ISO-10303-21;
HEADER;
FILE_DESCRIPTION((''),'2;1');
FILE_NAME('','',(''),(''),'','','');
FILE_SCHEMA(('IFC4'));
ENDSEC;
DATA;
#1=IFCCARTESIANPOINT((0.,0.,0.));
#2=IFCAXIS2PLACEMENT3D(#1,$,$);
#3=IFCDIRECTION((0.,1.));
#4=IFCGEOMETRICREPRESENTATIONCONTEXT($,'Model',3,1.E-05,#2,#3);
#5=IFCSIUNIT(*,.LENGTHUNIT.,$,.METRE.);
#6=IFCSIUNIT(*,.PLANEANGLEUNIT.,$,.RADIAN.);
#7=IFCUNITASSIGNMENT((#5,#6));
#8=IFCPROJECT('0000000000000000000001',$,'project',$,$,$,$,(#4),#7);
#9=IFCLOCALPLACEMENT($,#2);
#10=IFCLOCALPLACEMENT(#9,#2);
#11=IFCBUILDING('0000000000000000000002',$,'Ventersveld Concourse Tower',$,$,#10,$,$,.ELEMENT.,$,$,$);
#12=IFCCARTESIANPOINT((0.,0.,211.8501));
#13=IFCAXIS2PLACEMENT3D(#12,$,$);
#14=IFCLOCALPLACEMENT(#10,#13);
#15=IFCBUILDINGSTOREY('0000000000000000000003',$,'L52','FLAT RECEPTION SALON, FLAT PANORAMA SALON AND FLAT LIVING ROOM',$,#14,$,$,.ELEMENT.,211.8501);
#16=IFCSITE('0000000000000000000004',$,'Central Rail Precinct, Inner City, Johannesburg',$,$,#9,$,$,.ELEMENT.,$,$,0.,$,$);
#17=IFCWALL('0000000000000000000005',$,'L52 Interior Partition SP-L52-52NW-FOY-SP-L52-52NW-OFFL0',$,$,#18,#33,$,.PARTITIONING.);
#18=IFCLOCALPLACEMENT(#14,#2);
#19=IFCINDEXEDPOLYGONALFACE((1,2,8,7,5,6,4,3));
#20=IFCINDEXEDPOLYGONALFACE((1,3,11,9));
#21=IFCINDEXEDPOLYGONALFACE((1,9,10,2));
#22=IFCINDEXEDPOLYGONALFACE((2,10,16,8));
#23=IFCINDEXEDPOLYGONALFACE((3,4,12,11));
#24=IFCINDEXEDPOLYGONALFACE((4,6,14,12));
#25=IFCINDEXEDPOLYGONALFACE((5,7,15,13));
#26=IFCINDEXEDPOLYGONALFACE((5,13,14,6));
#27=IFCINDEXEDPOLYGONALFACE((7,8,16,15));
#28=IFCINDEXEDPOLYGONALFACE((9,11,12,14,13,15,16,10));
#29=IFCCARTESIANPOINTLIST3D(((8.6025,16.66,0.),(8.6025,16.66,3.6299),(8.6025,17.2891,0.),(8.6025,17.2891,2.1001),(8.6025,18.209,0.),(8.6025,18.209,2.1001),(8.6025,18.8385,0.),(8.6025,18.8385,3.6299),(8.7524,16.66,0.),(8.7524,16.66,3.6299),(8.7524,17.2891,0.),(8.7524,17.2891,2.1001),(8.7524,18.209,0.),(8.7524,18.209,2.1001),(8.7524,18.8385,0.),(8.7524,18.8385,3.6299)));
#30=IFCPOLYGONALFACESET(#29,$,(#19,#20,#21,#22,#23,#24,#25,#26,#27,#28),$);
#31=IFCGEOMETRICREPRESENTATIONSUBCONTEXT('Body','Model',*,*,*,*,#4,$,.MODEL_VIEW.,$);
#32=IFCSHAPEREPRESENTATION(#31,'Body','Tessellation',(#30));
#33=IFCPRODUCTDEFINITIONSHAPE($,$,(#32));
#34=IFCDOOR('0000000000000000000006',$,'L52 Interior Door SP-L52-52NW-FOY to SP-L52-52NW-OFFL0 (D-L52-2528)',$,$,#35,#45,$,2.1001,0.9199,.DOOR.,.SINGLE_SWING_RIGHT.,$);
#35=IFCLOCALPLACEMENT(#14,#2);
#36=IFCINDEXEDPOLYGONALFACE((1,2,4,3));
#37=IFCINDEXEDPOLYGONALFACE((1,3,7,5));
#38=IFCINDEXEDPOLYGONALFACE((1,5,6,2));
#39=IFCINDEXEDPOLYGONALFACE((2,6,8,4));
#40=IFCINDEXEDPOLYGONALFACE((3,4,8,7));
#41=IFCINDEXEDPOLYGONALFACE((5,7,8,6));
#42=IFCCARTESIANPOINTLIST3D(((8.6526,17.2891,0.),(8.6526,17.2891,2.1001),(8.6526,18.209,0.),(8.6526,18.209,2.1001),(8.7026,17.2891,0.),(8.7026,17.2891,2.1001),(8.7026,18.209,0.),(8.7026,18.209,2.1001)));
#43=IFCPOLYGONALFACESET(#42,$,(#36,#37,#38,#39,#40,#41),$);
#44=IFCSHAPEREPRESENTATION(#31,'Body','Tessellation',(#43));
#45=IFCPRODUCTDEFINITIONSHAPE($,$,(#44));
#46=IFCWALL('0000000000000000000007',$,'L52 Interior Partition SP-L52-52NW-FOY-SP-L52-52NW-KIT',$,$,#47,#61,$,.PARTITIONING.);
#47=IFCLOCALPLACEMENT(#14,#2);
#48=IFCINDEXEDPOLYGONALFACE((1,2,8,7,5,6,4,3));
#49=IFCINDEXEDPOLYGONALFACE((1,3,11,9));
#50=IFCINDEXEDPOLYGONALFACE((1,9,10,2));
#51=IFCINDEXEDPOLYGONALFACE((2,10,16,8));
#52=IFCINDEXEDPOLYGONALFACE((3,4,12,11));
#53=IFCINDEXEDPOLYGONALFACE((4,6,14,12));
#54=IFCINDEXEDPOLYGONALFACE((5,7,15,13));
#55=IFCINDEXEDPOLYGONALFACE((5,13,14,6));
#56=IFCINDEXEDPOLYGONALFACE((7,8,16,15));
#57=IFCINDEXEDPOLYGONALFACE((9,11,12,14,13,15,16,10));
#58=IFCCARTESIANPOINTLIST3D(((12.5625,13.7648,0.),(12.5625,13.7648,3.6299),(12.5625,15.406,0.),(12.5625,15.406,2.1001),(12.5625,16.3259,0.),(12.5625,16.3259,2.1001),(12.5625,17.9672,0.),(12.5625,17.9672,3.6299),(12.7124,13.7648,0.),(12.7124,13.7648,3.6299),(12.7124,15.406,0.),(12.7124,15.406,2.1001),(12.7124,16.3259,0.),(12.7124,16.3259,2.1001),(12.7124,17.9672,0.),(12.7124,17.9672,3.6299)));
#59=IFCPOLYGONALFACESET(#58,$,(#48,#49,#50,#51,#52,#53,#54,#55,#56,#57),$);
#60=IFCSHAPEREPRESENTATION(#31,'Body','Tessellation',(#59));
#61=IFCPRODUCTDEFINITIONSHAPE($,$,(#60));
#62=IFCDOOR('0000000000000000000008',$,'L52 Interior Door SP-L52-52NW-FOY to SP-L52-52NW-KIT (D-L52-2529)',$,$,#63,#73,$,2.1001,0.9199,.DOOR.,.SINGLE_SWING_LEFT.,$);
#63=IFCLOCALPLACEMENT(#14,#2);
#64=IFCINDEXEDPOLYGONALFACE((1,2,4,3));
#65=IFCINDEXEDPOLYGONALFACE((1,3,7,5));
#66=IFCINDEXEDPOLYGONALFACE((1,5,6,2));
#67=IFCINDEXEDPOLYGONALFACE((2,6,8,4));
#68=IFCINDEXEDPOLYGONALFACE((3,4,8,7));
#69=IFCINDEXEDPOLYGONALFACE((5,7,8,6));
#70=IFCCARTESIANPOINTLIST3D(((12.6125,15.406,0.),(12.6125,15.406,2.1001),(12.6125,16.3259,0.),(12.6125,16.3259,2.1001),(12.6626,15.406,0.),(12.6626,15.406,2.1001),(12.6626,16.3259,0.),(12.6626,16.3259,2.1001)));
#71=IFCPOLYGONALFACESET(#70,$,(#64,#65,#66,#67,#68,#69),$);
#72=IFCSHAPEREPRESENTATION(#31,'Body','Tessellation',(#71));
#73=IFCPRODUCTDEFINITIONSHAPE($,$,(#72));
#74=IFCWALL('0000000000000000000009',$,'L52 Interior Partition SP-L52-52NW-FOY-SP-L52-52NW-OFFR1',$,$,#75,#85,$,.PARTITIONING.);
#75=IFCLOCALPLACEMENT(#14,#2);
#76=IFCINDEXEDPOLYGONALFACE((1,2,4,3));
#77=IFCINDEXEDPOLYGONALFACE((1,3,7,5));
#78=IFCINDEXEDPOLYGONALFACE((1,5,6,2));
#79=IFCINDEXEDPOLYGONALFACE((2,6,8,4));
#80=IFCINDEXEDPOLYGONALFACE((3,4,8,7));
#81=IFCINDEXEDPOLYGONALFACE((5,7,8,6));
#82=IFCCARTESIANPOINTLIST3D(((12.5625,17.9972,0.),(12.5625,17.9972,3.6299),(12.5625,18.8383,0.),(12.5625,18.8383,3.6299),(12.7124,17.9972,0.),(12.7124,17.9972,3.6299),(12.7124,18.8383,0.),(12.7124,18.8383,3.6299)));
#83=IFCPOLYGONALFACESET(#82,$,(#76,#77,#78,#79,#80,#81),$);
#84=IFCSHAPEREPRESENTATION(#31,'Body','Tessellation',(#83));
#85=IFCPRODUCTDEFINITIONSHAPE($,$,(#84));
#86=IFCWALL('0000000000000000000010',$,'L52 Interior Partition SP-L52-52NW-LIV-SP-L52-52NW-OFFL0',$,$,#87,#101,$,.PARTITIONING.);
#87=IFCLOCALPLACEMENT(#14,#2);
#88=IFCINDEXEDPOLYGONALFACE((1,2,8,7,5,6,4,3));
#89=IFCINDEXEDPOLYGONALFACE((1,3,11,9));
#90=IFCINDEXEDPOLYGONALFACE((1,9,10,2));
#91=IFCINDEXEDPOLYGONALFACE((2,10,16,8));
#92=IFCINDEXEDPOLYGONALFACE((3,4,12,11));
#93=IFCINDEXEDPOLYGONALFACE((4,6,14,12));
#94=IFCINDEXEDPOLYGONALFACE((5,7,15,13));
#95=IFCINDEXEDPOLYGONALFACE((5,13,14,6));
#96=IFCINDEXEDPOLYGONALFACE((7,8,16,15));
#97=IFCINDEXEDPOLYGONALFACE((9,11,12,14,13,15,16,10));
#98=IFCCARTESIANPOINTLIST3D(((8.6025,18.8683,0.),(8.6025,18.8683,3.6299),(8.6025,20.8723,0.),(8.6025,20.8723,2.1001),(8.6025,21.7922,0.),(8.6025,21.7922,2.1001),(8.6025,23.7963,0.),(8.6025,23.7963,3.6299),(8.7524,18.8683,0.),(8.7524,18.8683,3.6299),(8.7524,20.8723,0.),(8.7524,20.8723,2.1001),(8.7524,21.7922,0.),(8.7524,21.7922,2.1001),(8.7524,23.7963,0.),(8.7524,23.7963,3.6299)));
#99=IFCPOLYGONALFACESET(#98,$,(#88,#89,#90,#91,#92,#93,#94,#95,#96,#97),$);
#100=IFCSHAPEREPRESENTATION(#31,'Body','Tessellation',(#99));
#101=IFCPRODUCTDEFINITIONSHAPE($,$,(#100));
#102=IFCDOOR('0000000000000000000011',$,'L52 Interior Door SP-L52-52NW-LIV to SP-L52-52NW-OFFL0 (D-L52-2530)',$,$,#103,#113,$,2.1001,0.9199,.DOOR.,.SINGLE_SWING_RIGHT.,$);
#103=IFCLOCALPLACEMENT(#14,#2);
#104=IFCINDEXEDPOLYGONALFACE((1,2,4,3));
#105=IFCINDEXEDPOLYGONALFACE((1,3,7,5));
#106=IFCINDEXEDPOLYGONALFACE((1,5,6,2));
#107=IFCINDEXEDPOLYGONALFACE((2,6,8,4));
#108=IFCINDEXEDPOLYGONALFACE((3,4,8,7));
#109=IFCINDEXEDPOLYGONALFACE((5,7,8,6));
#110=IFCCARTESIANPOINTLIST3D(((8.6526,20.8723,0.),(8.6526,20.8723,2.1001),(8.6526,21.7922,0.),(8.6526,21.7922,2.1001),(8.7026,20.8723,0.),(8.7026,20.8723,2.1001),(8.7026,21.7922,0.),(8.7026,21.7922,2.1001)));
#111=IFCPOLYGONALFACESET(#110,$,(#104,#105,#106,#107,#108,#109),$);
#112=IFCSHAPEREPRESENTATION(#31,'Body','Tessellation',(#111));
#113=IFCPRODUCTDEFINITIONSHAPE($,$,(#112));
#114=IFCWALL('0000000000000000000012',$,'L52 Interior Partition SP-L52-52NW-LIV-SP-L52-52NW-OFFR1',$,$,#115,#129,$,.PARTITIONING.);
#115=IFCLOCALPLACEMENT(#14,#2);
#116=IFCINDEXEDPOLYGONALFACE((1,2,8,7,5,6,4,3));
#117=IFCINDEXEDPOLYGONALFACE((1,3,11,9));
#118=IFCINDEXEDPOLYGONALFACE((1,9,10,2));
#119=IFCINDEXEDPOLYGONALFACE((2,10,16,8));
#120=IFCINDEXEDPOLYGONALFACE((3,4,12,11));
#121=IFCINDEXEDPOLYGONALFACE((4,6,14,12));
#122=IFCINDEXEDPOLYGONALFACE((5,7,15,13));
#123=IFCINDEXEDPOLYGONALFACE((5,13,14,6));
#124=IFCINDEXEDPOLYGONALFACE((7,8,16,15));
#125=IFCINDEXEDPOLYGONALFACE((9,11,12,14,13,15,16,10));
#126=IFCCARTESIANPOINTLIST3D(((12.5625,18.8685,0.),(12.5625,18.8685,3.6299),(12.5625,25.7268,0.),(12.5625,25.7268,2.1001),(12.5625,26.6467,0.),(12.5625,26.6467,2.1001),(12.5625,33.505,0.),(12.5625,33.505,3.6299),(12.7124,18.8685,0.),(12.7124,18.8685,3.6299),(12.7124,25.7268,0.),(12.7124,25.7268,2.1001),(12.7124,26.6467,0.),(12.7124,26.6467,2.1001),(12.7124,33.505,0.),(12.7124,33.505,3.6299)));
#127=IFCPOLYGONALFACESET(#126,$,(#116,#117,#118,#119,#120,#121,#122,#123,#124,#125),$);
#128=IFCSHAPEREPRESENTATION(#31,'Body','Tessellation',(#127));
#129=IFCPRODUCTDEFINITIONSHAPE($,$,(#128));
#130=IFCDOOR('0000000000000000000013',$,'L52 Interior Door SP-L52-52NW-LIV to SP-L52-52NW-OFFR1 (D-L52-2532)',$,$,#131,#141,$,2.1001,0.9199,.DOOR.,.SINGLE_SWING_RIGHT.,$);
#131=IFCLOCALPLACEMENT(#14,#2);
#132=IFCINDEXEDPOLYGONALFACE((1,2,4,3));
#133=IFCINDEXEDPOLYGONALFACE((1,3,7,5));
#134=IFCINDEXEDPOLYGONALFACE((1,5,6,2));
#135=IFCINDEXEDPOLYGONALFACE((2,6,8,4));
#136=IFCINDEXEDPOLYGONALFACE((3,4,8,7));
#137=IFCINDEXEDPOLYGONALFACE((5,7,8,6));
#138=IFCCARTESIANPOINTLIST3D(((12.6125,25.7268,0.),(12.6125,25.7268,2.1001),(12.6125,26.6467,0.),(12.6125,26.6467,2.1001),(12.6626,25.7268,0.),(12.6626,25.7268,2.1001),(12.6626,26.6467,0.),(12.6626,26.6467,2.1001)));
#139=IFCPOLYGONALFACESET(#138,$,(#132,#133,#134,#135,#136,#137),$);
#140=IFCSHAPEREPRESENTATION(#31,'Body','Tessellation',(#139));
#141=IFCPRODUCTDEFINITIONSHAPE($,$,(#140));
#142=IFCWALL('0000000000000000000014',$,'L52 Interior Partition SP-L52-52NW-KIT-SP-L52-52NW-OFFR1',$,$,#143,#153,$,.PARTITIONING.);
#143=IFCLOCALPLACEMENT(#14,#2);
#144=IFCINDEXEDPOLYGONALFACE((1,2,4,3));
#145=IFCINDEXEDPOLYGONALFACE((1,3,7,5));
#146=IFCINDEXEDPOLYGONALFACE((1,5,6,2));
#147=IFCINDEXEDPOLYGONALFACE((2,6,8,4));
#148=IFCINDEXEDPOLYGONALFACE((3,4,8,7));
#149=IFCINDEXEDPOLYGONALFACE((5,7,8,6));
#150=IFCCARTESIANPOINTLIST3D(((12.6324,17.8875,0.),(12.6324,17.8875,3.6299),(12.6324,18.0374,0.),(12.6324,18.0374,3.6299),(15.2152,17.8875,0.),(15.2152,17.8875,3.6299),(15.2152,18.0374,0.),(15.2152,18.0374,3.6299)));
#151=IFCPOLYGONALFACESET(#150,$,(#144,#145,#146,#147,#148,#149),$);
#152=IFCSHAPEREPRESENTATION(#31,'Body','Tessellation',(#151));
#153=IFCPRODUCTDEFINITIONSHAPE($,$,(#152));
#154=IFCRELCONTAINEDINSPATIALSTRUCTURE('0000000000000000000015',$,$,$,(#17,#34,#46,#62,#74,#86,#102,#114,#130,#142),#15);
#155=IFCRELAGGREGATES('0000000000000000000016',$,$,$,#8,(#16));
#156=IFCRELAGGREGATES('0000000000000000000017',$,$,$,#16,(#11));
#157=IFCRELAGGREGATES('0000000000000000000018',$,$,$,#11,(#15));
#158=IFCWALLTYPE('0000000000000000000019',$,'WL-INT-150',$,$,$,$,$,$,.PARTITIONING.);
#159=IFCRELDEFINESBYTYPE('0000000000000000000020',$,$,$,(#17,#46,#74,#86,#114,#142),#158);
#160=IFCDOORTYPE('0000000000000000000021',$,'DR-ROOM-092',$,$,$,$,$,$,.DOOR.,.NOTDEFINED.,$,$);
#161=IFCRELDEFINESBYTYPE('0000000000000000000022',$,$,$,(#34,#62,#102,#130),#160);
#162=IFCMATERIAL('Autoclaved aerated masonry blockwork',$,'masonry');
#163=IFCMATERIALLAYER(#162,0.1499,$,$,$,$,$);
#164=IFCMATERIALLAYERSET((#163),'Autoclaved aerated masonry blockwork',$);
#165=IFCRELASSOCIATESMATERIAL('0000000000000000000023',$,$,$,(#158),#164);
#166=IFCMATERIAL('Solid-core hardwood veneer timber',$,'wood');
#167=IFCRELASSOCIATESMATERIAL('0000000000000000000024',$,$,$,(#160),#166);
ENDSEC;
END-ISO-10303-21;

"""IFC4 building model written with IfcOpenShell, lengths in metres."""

from ifc_helpers import new_model, si_unit, direction, frame, frame_2d, origin, place, context, subcontext, project, spatial, rectangle, extrude, material, layer, layer_set, type_object, element, fill, save


model = new_model("IFC4")

# Units and contexts
model_context = context("Model", 3, precision=1e-05, world=origin(), true_north=direction((0.0, 1.0)))
body_context = subcontext(model_context, "Body", "Model", "MODEL_VIEW")
ifc_project = project(units=[si_unit("LENGTHUNIT", "METRE"), si_unit("PLANEANGLEUNIT", "RADIAN")], contexts=[model_context])

# Site, building, storey
site_placement = place(None, origin())
site = spatial("IfcSite", under=ifc_project, at=site_placement, Name="Central Rail Precinct, Inner City, Johannesburg", CompositionType="ELEMENT", RefElevation=0.0)
building_placement = place(site_placement, origin())
building = spatial("IfcBuilding", under=site, at=building_placement, Name="Ventersveld Concourse Tower", CompositionType="ELEMENT")
storey_placement = place(building_placement, frame((0.0, 0.0, 211.8501)))
storey = spatial("IfcBuildingStorey", under=building, at=storey_placement, Name="L52", Description="FLAT RECEPTION SALON, FLAT PANORAMA SALON AND FLAT LIVING ROOM", CompositionType="ELEMENT", Elevation=211.8501)

# Shared definitions
ifc_material_1 = material(Name="Solid-core hardwood veneer timber", Category="wood")

# Walls, openings, doors
ifc_material_2 = material(Name="Autoclaved aerated masonry blockwork", Category="masonry")
ifc_layer_1 = layer(ifc_material_2, 0.1499)
ifc_layer_set_1 = layer_set([ifc_layer_1], Name="Autoclaved aerated masonry blockwork")
wall_type_1 = type_object("IfcWallType", Name="WL-INT-150", PredefinedType="PARTITIONING", material=ifc_layer_set_1)
door_type_1 = type_object("IfcDoorType", Name="DR-ROOM-092", OperationType="NOTDEFINED", PredefinedType="DOOR", material=ifc_material_1)
wall_1_placement = place(storey_placement, frame((8.6775, 16.6599, 0.0), z_axis=(0.0, 0.0, 1.0), x_axis=(0.0, 1.0, 0.0)))
wall_1 = element("IfcWall", 1, at=wall_1_placement, inside=storey, type_object=wall_type_1, Name="L52 Interior Partition SP-L52-52NW-FOY-SP-L52-52NW-OFFL0", PredefinedType="PARTITIONING", context=body_context, shape_type="SweptSolid", body=[
    extrude(rectangle(XDim=2.1785, YDim=0.1499, at=frame_2d((1.0894, 0.0))), origin(), (0.0, 0.0, 1.0), 3.6299),
])
opening_1_placement = place(wall_1_placement, frame((0.6292, 0.0, 0.0)))
opening_1 = element("IfcOpeningElement", 2, at=opening_1_placement, cuts=wall_1, PredefinedType="OPENING", context=body_context, shape_type="SweptSolid", body=[
    extrude(rectangle(XDim=0.9199, YDim=2.1001, at=frame_2d((0.46, 1.05))), frame((0.0, 0.085, 0.0), z_axis=(0.0, -1.0, 0.0), x_axis=(1.0, 0.0, 0.0)), (0.0, 0.0, 1.0), 0.1699),
])
door_1_placement = place(opening_1_placement, origin())
door_1 = element("IfcDoor", 3, at=door_1_placement, inside=storey, type_object=door_type_1, Name="L52 Interior Door SP-L52-52NW-FOY to SP-L52-52NW-OFFL0 (D-L52-2528)", OperationType="SINGLE_SWING_RIGHT", OverallHeight=2.1001, OverallWidth=0.9199, PredefinedType="DOOR", context=body_context, shape_type="SweptSolid", body=[
    extrude(rectangle(XDim=0.9199, YDim=2.1001, at=frame_2d((0.46, 1.05))), frame((0.0, 0.0249, 0.0), z_axis=(0.0, -1.0, 0.0), x_axis=(1.0, 0.0, 0.0)), (0.0, 0.0, 1.0), 0.05),
])
fill(opening_1, door_1)
wall_2_placement = place(storey_placement, frame((12.6375, 13.7649, 0.0), z_axis=(0.0, 0.0, 1.0), x_axis=(0.0, 1.0, 0.0)))
wall_2 = element("IfcWall", 4, at=wall_2_placement, inside=storey, type_object=wall_type_1, Name="L52 Interior Partition SP-L52-52NW-FOY-SP-L52-52NW-KIT", PredefinedType="PARTITIONING", context=body_context, shape_type="SweptSolid", body=[
    extrude(rectangle(XDim=4.2024, YDim=0.1499, at=frame_2d((2.1011, 0.0))), origin(), (0.0, 0.0, 1.0), 3.6299),
])
opening_2_placement = place(wall_2_placement, frame((1.6411, 0.0, 0.0)))
opening_2 = element("IfcOpeningElement", 5, at=opening_2_placement, cuts=wall_2, PredefinedType="OPENING", context=body_context, shape_type="SweptSolid", body=[
    extrude(rectangle(XDim=0.9199, YDim=2.1001, at=frame_2d((0.46, 1.05))), frame((0.0, 0.085, 0.0), z_axis=(0.0, -1.0, 0.0), x_axis=(1.0, 0.0, 0.0)), (0.0, 0.0, 1.0), 0.1699),
])
door_2_placement = place(opening_2_placement, origin())
door_2 = element("IfcDoor", 6, at=door_2_placement, inside=storey, type_object=door_type_1, Name="L52 Interior Door SP-L52-52NW-FOY to SP-L52-52NW-KIT (D-L52-2529)", OperationType="SINGLE_SWING_LEFT", OverallHeight=2.1001, OverallWidth=0.9199, PredefinedType="DOOR", context=body_context, shape_type="SweptSolid", body=[
    extrude(rectangle(XDim=0.9199, YDim=2.1001, at=frame_2d((0.46, 1.05))), frame((0.0, 0.0249, 0.0), z_axis=(0.0, -1.0, 0.0), x_axis=(1.0, 0.0, 0.0)), (0.0, 0.0, 1.0), 0.05),
])
fill(opening_2, door_2)

# Wall
wall_3_placement = place(storey_placement, frame((12.6375, 17.9973, 0.0), z_axis=(0.0, 0.0, 1.0), x_axis=(0.0, 1.0, 0.0)))
element("IfcWall", 7, at=wall_3_placement, inside=storey, type_object=wall_type_1, Name="L52 Interior Partition SP-L52-52NW-FOY-SP-L52-52NW-OFFR1", PredefinedType="PARTITIONING", context=body_context, shape_type="SweptSolid", body=[
    extrude(rectangle(XDim=0.8411, YDim=0.1499, at=frame_2d((0.4204, 0.0))), origin(), (0.0, 0.0, 1.0), 3.6299),
])

# Walls, openings, doors
wall_4_placement = place(storey_placement, frame((8.6775, 18.8684, 0.0), z_axis=(0.0, 0.0, 1.0), x_axis=(0.0, 1.0, 0.0)))
wall_4 = element("IfcWall", 8, at=wall_4_placement, inside=storey, type_object=wall_type_1, Name="L52 Interior Partition SP-L52-52NW-LIV-SP-L52-52NW-OFFL0", PredefinedType="PARTITIONING", context=body_context, shape_type="SweptSolid", body=[
    extrude(rectangle(XDim=4.928, YDim=0.1499, at=frame_2d((2.4639, 0.0))), origin(), (0.0, 0.0, 1.0), 3.6299),
])
opening_3_placement = place(wall_4_placement, frame((2.0039, 0.0, 0.0)))
opening_3 = element("IfcOpeningElement", 9, at=opening_3_placement, cuts=wall_4, PredefinedType="OPENING", context=body_context, shape_type="SweptSolid", body=[
    extrude(rectangle(XDim=0.9199, YDim=2.1001, at=frame_2d((0.46, 1.05))), frame((0.0, 0.085, 0.0), z_axis=(0.0, -1.0, 0.0), x_axis=(1.0, 0.0, 0.0)), (0.0, 0.0, 1.0), 0.1699),
])
door_3_placement = place(opening_3_placement, origin())
door_3 = element("IfcDoor", 10, at=door_3_placement, inside=storey, type_object=door_type_1, Name="L52 Interior Door SP-L52-52NW-LIV to SP-L52-52NW-OFFL0 (D-L52-2530)", OperationType="SINGLE_SWING_RIGHT", OverallHeight=2.1001, OverallWidth=0.9199, PredefinedType="DOOR", context=body_context, shape_type="SweptSolid", body=[
    extrude(rectangle(XDim=0.9199, YDim=2.1001, at=frame_2d((0.46, 1.05))), frame((0.0, 0.0249, 0.0), z_axis=(0.0, -1.0, 0.0), x_axis=(1.0, 0.0, 0.0)), (0.0, 0.0, 1.0), 0.05),
])
fill(opening_3, door_3)
wall_5_placement = place(storey_placement, frame((12.6375, 18.8684, 0.0), z_axis=(0.0, 0.0, 1.0), x_axis=(0.0, 1.0, 0.0)))
wall_5 = element("IfcWall", 11, at=wall_5_placement, inside=storey, type_object=wall_type_1, Name="L52 Interior Partition SP-L52-52NW-LIV-SP-L52-52NW-OFFR1", PredefinedType="PARTITIONING", context=body_context, shape_type="SweptSolid", body=[
    extrude(rectangle(XDim=14.6365, YDim=0.1499, at=frame_2d((7.3184, 0.0))), origin(), (0.0, 0.0, 1.0), 3.6299),
])
opening_4_placement = place(wall_5_placement, frame((6.8584, 0.0, 0.0)))
opening_4 = element("IfcOpeningElement", 12, at=opening_4_placement, cuts=wall_5, PredefinedType="OPENING", context=body_context, shape_type="SweptSolid", body=[
    extrude(rectangle(XDim=0.9199, YDim=2.1001, at=frame_2d((0.46, 1.05))), frame((0.0, 0.085, 0.0), z_axis=(0.0, -1.0, 0.0), x_axis=(1.0, 0.0, 0.0)), (0.0, 0.0, 1.0), 0.1699),
])
door_4_placement = place(opening_4_placement, origin())
door_4 = element("IfcDoor", 13, at=door_4_placement, inside=storey, type_object=door_type_1, Name="L52 Interior Door SP-L52-52NW-LIV to SP-L52-52NW-OFFR1 (D-L52-2532)", OperationType="SINGLE_SWING_RIGHT", OverallHeight=2.1001, OverallWidth=0.9199, PredefinedType="DOOR", context=body_context, shape_type="SweptSolid", body=[
    extrude(rectangle(XDim=0.9199, YDim=2.1001, at=frame_2d((0.46, 1.05))), frame((0.0, 0.0249, 0.0), z_axis=(0.0, -1.0, 0.0), x_axis=(1.0, 0.0, 0.0)), (0.0, 0.0, 1.0), 0.05),
])
fill(opening_4, door_4)

# Wall
wall_6_placement = place(storey_placement, frame((12.6323, 17.9624, 0.0), z_axis=(0.0, 0.0, 1.0), x_axis=(1.0, 0.0, 0.0)))
element("IfcWall", 14, at=wall_6_placement, inside=storey, type_object=wall_type_1, Name="L52 Interior Partition SP-L52-52NW-KIT-SP-L52-52NW-OFFR1", PredefinedType="PARTITIONING", context=body_context, shape_type="SweptSolid", body=[
    extrude(rectangle(XDim=2.5828, YDim=0.1499, at=frame_2d((1.2915, 0.0))), origin(), (0.0, 0.0, 1.0), 3.6299),
])

save(model, "model.ifc")
